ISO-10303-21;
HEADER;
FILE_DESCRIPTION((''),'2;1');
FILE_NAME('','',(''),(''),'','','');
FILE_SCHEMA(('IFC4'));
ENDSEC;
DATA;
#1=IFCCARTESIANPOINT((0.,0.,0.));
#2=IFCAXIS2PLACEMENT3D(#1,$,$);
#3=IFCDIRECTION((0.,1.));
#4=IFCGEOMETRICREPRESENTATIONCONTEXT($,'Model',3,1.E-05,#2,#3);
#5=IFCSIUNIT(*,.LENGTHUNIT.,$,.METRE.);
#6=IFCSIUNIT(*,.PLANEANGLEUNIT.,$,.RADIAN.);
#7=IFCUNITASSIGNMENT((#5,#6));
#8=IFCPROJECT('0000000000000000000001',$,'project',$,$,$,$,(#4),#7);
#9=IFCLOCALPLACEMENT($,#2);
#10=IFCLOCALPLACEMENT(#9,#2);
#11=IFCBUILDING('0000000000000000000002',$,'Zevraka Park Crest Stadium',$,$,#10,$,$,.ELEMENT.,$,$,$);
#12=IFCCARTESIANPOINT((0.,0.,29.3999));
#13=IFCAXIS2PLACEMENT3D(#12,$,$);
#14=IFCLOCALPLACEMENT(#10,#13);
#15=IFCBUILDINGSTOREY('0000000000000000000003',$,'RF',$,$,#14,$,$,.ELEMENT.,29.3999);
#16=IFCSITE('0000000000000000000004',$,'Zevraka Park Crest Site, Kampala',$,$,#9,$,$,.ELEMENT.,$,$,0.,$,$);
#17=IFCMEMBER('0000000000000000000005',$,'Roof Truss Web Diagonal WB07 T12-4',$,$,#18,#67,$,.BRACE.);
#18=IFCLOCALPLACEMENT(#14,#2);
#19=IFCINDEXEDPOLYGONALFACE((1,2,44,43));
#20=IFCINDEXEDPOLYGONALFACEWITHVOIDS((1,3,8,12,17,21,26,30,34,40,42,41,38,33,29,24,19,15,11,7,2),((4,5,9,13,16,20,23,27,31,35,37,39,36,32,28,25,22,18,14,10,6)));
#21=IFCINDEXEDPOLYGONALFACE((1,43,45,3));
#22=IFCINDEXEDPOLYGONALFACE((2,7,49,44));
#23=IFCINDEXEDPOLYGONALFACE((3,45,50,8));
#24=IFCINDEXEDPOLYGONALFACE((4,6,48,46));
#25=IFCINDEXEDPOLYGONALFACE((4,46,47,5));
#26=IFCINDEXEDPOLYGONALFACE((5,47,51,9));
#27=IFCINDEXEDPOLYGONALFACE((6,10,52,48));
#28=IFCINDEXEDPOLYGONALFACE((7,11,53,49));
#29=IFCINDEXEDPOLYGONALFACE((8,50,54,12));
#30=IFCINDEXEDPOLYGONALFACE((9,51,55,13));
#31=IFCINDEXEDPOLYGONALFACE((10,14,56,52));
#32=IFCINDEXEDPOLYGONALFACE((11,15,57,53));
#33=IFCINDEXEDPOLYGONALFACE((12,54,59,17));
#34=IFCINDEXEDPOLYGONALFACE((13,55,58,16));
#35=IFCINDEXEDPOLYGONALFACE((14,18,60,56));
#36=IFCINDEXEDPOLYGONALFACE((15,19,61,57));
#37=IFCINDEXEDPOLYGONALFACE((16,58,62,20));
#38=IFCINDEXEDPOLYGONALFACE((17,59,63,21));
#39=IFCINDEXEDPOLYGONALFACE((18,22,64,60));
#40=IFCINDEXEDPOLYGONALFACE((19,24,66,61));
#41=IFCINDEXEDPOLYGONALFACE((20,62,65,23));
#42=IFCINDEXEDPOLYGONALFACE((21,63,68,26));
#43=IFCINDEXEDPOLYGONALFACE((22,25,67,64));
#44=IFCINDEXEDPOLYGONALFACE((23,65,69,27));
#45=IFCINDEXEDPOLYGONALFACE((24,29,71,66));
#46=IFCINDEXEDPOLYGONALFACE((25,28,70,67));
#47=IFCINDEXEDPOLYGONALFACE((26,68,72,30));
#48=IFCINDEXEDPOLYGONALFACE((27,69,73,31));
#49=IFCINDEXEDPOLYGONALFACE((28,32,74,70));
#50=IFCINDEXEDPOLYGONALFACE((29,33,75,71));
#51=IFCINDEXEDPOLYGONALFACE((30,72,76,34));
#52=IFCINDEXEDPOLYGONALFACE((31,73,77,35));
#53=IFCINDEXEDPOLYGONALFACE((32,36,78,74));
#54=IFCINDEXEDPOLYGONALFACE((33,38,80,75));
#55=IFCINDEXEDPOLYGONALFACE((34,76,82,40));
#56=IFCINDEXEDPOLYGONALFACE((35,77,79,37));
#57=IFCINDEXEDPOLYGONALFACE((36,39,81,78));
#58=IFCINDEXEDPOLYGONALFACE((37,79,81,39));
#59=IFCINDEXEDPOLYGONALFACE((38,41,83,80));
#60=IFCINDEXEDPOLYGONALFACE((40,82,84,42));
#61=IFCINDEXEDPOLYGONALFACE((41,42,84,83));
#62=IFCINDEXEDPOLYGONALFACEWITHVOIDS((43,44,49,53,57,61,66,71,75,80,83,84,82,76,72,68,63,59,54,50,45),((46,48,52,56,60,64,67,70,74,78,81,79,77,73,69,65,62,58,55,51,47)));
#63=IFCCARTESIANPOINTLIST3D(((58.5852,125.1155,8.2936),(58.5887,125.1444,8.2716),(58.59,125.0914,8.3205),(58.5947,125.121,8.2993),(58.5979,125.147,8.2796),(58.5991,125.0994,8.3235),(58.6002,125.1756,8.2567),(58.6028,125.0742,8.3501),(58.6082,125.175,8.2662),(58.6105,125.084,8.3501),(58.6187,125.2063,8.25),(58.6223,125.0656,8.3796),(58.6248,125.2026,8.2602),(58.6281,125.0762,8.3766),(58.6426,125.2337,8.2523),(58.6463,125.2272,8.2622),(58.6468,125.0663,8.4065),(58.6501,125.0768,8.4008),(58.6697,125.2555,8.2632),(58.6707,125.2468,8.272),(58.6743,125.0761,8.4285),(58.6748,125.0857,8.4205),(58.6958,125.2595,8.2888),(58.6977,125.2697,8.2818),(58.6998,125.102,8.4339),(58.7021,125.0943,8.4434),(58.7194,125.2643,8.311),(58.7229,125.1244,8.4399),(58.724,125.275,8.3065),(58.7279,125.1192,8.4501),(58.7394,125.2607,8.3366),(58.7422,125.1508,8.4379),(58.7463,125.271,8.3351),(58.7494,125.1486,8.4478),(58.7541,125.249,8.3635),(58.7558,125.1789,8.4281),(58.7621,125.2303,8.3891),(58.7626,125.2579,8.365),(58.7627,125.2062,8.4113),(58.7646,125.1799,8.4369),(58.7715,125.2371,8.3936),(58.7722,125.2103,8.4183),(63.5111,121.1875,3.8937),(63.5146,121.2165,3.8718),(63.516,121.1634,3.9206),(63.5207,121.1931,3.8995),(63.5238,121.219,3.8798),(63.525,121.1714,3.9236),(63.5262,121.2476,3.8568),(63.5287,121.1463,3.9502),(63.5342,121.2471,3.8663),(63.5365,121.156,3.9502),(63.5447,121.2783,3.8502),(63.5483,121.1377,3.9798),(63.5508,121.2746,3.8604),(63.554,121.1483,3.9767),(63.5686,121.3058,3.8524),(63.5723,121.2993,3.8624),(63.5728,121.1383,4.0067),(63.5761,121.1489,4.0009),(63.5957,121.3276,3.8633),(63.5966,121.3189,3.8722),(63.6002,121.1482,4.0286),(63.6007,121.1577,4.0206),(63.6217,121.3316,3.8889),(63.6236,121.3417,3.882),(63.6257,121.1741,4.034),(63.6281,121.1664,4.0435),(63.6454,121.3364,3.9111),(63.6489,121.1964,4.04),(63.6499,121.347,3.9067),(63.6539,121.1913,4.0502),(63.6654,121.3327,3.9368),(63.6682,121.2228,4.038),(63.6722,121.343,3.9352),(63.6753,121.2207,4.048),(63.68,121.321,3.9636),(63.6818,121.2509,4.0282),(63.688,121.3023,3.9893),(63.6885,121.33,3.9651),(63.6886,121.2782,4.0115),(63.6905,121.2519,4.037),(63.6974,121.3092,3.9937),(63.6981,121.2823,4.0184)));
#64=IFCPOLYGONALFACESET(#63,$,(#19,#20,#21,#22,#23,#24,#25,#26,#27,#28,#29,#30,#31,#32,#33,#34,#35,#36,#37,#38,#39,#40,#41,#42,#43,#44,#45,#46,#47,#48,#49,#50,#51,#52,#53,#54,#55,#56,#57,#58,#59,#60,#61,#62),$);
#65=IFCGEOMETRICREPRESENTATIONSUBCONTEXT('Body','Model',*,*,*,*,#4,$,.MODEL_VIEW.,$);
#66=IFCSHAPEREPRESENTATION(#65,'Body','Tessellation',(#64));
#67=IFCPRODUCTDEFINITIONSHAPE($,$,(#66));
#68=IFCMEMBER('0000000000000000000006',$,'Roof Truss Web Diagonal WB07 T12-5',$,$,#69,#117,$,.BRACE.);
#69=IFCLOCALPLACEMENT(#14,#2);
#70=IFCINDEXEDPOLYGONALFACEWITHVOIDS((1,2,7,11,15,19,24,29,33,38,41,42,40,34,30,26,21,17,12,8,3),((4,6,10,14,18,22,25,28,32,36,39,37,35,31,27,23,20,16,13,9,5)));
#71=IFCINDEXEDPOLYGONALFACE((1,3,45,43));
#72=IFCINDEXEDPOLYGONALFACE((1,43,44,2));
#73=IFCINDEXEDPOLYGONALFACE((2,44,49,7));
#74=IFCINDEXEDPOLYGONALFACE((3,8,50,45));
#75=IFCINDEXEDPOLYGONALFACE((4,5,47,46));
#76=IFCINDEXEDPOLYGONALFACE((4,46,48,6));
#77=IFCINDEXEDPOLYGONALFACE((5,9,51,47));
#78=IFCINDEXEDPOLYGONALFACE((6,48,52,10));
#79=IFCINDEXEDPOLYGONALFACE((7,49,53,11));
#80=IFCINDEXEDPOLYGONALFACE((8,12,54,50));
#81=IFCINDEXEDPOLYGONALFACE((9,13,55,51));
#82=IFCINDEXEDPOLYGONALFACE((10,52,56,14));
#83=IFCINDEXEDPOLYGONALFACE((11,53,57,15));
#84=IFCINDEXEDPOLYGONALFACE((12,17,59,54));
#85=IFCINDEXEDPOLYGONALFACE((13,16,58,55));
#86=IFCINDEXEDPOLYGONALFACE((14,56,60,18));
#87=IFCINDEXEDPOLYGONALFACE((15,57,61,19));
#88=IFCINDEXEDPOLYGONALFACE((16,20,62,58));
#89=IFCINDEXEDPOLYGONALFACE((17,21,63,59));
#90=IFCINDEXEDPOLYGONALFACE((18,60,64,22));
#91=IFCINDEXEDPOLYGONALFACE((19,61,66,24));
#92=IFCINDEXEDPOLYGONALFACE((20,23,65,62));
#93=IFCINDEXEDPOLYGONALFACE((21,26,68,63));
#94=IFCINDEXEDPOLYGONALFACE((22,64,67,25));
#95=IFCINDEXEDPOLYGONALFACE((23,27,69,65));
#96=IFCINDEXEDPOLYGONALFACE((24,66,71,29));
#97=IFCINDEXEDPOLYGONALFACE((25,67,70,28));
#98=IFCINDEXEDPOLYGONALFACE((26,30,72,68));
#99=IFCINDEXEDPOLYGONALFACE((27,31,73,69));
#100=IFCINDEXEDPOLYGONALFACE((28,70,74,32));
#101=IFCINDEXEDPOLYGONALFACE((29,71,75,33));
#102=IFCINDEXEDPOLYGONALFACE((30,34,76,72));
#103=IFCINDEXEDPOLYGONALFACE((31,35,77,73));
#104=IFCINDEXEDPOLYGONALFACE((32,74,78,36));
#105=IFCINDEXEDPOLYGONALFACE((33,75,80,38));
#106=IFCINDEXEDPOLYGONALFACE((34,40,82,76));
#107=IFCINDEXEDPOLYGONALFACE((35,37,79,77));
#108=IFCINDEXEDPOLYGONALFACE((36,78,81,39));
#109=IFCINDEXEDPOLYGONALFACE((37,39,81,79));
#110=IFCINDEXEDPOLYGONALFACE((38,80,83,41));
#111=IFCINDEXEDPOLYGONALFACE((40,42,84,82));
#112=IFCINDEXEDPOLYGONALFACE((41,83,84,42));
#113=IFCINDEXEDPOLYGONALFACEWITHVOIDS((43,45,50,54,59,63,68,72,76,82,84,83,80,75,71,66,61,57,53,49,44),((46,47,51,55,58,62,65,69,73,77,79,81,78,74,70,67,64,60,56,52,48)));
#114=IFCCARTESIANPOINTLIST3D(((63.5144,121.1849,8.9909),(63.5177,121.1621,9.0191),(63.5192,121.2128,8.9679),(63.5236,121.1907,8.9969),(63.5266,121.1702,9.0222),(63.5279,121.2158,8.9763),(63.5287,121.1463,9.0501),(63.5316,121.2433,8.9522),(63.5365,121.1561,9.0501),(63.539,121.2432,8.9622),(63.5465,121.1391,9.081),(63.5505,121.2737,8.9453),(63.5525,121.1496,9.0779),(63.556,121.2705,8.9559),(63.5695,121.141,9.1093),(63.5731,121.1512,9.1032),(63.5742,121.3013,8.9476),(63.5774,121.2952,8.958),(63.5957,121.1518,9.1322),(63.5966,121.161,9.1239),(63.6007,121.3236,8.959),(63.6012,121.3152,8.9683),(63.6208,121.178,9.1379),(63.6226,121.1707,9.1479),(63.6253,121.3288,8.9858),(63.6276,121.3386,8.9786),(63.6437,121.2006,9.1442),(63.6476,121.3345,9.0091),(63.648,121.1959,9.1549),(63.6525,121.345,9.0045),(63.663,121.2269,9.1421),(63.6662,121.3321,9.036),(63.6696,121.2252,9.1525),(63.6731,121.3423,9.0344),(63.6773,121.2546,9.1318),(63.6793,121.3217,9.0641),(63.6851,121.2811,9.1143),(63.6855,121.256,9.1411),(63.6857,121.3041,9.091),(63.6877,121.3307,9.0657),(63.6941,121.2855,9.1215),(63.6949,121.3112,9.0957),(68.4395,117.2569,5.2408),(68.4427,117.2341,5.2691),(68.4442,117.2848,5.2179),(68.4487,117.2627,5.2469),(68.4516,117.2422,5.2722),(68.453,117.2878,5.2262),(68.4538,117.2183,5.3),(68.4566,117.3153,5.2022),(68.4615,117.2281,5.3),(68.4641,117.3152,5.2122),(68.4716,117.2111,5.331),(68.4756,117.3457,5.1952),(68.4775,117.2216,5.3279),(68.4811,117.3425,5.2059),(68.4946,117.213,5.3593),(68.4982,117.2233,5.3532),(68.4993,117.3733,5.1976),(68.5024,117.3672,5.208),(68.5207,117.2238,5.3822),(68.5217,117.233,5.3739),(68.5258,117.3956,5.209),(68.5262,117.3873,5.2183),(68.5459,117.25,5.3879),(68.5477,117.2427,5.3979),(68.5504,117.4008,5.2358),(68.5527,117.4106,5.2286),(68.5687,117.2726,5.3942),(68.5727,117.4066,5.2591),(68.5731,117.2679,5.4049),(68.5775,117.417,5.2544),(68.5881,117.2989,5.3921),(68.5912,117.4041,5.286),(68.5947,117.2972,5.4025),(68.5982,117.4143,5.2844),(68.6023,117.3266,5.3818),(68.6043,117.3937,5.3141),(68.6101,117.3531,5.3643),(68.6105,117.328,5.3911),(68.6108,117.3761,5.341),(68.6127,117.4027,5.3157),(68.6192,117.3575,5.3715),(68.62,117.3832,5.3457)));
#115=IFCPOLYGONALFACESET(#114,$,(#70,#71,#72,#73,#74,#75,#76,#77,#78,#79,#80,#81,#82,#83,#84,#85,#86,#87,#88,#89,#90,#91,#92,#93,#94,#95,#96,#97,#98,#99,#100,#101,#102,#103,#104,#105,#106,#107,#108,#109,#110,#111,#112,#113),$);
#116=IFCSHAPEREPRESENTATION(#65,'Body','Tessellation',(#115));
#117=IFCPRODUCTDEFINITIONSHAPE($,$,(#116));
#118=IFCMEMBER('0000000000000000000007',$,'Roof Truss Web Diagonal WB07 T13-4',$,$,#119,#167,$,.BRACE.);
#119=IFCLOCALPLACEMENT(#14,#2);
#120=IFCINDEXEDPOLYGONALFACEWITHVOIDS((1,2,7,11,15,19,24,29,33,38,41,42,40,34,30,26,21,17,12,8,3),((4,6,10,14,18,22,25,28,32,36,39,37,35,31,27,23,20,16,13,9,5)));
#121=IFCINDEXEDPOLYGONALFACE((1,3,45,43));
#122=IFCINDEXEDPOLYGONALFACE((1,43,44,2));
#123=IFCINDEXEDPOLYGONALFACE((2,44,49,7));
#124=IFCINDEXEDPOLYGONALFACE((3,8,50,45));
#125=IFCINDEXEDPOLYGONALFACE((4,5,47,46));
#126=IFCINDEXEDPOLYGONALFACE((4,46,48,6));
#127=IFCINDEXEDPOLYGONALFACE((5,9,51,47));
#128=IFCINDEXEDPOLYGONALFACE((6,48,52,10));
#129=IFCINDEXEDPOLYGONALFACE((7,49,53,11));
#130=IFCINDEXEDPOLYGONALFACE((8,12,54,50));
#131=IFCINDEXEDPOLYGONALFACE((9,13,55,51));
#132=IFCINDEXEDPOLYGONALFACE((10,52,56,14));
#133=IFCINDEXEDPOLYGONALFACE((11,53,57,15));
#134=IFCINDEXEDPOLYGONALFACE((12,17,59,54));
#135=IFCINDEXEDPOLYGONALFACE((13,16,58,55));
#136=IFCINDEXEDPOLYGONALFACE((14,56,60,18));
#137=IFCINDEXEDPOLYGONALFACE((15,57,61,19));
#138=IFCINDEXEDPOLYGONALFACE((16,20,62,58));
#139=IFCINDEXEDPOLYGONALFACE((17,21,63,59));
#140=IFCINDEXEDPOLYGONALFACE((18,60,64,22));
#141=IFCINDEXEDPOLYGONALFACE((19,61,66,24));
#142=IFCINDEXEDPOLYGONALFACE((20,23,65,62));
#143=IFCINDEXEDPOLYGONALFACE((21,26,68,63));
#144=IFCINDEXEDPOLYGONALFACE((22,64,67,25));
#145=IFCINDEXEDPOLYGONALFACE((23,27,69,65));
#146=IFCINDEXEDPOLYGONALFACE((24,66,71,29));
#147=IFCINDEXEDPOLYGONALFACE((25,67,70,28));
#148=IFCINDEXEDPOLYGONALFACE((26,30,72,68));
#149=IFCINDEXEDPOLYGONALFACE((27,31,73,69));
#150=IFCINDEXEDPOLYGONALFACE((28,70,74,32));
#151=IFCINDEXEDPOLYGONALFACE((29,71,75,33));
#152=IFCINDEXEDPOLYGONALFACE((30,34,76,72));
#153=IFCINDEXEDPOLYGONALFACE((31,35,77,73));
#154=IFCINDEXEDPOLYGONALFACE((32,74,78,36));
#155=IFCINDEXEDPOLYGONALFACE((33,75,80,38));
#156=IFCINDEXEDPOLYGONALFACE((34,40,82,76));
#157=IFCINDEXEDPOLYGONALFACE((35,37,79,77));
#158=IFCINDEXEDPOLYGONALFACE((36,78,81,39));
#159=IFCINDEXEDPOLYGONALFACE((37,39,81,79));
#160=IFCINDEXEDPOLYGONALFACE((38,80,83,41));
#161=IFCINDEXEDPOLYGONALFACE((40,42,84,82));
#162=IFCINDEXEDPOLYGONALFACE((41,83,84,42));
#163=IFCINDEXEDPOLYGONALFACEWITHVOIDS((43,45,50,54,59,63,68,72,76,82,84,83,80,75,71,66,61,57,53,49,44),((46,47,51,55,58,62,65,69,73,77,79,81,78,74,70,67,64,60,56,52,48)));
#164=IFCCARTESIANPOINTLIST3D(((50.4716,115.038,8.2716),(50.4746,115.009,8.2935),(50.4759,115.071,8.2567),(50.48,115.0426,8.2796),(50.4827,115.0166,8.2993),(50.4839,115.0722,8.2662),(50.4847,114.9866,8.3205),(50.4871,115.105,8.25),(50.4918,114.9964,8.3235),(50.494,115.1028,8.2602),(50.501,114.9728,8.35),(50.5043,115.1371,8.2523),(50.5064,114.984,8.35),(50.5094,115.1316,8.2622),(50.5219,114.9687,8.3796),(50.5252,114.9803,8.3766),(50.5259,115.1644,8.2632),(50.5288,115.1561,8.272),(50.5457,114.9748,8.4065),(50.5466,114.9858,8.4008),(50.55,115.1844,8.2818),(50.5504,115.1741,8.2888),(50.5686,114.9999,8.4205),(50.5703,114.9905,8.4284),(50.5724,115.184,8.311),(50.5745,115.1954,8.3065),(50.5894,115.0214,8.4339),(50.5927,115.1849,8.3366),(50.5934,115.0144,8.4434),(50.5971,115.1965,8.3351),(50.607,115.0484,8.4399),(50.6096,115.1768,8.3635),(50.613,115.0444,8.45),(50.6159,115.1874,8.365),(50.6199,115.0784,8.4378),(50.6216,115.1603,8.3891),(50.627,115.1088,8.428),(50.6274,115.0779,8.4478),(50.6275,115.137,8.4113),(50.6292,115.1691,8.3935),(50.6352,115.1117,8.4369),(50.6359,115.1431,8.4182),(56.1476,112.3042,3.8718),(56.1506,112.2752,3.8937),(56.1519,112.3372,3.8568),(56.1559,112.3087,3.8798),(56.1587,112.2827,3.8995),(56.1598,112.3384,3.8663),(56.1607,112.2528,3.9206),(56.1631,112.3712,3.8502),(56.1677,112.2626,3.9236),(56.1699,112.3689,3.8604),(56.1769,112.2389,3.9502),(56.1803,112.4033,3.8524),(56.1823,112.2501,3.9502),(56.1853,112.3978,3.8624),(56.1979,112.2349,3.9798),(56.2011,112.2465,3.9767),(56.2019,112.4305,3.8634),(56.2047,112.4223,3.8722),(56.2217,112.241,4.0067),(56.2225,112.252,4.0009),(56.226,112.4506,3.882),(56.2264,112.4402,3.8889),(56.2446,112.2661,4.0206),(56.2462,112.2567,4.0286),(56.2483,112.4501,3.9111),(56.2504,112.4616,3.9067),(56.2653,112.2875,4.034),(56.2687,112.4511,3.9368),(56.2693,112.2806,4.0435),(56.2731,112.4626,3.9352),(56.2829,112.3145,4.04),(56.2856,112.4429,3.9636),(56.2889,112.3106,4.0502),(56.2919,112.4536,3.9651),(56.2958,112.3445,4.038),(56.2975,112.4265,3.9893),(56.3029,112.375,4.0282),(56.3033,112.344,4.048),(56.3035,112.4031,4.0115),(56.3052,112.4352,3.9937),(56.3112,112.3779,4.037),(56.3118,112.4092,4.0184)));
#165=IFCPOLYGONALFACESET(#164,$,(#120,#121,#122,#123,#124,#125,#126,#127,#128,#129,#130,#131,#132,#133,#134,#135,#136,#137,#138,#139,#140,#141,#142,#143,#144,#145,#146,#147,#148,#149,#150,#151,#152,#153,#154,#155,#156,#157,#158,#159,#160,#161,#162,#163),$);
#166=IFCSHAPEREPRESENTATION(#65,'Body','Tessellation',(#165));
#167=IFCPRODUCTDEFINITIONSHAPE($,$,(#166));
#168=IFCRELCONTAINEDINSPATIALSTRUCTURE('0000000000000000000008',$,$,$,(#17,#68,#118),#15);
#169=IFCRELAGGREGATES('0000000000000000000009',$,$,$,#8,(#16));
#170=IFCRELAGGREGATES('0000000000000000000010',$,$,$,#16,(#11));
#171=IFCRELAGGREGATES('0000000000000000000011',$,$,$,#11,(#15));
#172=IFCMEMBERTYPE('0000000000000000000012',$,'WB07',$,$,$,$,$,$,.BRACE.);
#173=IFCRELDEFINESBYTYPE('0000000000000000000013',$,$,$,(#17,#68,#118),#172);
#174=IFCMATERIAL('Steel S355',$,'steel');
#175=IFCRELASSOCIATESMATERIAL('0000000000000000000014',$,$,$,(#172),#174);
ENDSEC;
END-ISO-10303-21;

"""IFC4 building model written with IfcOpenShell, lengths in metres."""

from ifc_helpers import new_model, si_unit, direction, frame, origin, origin_2d, place, context, subcontext, project, spatial, hollow_circle, extrude, material, material_profile, profile_set, type_object, element, save


model = new_model("IFC4")

# Units and contexts
model_context = context("Model", 3, precision=1e-05, world=origin(), true_north=direction((0.0, 1.0)))
body_context = subcontext(model_context, "Body", "Model", "MODEL_VIEW")
ifc_project = project(units=[si_unit("LENGTHUNIT", "METRE"), si_unit("PLANEANGLEUNIT", "RADIAN")], contexts=[model_context])

# Site, building, storey
site_placement = place(None, origin())
site = spatial("IfcSite", under=ifc_project, at=site_placement, Name="Zevraka Park Crest Site, Kampala", CompositionType="ELEMENT", RefElevation=0.0)
building_placement = place(site_placement, origin())
building = spatial("IfcBuilding", under=site, at=building_placement, Name="Zevraka Park Crest Stadium", CompositionType="ELEMENT")
storey_placement = place(building_placement, frame((0.0, 0.0, 29.3999)))
storey = spatial("IfcBuildingStorey", under=building, at=storey_placement, Name="RF", CompositionType="ELEMENT", Elevation=29.3999)

# Members
ifc_material_1 = material(Name="Steel S355", Category="steel")
ifc_material_profile_1 = material_profile(ifc_material_1, hollow_circle(Radius=0.1223, WallThickness=0.0125, at=origin_2d()), Name="CHS 244.5x12.5")
ifc_profile_set_1 = profile_set([ifc_material_profile_1], Name="Steel S355")
member_type_1 = type_object("IfcMemberType", Name="WB07", PredefinedType="BRACE", material=ifc_profile_set_1)
member_1_placement = place(storey_placement, frame((63.605, 121.2419, 3.9502), z_axis=(-0.641021, 0.511146, 0.572557), x_axis=(-0.623451, -0.781862, 0.0)))
element("IfcMember", 1, at=member_1_placement, inside=storey, type_object=member_type_1, Name="Roof Truss Web Diagonal WB07 T12-4", PredefinedType="BRACE", context=body_context, shape_type="SweptSolid", body=[
    extrude(hollow_circle(Radius=0.1223, WallThickness=0.0125, at=origin_2d()), origin(), (0.0, 0.0, 1.0), 7.6846),
])
member_2_placement = place(storey_placement, frame((68.53, 117.314, 5.3), z_axis=(-0.671786, 0.535784, 0.511507), x_axis=(-0.623527, -0.781802, 0.0)))
element("IfcMember", 2, at=member_2_placement, inside=storey, type_object=member_type_1, Name="Roof Truss Web Diagonal WB07 T12-5", PredefinedType="BRACE", context=body_context, shape_type="SweptSolid", body=[
    extrude(hollow_circle(Radius=0.1223, WallThickness=0.0125, at=origin_2d()), origin(), (0.0, 0.0, 1.0), 7.3313),
])
member_3_placement = place(storey_placement, frame((56.23, 112.3491, 3.9502), z_axis=(-0.738639, 0.355769, 0.572573), x_axis=(-0.433943, -0.900941, 0.0)))
element("IfcMember", 3, at=member_3_placement, inside=storey, type_object=member_type_1, Name="Roof Truss Web Diagonal WB07 T13-4", PredefinedType="BRACE", context=body_context, shape_type="SweptSolid", body=[
    extrude(hollow_circle(Radius=0.1223, WallThickness=0.0125, at=origin_2d()), origin(), (0.0, 0.0, 1.0), 7.6843),
])

save(model, "model.ifc")
